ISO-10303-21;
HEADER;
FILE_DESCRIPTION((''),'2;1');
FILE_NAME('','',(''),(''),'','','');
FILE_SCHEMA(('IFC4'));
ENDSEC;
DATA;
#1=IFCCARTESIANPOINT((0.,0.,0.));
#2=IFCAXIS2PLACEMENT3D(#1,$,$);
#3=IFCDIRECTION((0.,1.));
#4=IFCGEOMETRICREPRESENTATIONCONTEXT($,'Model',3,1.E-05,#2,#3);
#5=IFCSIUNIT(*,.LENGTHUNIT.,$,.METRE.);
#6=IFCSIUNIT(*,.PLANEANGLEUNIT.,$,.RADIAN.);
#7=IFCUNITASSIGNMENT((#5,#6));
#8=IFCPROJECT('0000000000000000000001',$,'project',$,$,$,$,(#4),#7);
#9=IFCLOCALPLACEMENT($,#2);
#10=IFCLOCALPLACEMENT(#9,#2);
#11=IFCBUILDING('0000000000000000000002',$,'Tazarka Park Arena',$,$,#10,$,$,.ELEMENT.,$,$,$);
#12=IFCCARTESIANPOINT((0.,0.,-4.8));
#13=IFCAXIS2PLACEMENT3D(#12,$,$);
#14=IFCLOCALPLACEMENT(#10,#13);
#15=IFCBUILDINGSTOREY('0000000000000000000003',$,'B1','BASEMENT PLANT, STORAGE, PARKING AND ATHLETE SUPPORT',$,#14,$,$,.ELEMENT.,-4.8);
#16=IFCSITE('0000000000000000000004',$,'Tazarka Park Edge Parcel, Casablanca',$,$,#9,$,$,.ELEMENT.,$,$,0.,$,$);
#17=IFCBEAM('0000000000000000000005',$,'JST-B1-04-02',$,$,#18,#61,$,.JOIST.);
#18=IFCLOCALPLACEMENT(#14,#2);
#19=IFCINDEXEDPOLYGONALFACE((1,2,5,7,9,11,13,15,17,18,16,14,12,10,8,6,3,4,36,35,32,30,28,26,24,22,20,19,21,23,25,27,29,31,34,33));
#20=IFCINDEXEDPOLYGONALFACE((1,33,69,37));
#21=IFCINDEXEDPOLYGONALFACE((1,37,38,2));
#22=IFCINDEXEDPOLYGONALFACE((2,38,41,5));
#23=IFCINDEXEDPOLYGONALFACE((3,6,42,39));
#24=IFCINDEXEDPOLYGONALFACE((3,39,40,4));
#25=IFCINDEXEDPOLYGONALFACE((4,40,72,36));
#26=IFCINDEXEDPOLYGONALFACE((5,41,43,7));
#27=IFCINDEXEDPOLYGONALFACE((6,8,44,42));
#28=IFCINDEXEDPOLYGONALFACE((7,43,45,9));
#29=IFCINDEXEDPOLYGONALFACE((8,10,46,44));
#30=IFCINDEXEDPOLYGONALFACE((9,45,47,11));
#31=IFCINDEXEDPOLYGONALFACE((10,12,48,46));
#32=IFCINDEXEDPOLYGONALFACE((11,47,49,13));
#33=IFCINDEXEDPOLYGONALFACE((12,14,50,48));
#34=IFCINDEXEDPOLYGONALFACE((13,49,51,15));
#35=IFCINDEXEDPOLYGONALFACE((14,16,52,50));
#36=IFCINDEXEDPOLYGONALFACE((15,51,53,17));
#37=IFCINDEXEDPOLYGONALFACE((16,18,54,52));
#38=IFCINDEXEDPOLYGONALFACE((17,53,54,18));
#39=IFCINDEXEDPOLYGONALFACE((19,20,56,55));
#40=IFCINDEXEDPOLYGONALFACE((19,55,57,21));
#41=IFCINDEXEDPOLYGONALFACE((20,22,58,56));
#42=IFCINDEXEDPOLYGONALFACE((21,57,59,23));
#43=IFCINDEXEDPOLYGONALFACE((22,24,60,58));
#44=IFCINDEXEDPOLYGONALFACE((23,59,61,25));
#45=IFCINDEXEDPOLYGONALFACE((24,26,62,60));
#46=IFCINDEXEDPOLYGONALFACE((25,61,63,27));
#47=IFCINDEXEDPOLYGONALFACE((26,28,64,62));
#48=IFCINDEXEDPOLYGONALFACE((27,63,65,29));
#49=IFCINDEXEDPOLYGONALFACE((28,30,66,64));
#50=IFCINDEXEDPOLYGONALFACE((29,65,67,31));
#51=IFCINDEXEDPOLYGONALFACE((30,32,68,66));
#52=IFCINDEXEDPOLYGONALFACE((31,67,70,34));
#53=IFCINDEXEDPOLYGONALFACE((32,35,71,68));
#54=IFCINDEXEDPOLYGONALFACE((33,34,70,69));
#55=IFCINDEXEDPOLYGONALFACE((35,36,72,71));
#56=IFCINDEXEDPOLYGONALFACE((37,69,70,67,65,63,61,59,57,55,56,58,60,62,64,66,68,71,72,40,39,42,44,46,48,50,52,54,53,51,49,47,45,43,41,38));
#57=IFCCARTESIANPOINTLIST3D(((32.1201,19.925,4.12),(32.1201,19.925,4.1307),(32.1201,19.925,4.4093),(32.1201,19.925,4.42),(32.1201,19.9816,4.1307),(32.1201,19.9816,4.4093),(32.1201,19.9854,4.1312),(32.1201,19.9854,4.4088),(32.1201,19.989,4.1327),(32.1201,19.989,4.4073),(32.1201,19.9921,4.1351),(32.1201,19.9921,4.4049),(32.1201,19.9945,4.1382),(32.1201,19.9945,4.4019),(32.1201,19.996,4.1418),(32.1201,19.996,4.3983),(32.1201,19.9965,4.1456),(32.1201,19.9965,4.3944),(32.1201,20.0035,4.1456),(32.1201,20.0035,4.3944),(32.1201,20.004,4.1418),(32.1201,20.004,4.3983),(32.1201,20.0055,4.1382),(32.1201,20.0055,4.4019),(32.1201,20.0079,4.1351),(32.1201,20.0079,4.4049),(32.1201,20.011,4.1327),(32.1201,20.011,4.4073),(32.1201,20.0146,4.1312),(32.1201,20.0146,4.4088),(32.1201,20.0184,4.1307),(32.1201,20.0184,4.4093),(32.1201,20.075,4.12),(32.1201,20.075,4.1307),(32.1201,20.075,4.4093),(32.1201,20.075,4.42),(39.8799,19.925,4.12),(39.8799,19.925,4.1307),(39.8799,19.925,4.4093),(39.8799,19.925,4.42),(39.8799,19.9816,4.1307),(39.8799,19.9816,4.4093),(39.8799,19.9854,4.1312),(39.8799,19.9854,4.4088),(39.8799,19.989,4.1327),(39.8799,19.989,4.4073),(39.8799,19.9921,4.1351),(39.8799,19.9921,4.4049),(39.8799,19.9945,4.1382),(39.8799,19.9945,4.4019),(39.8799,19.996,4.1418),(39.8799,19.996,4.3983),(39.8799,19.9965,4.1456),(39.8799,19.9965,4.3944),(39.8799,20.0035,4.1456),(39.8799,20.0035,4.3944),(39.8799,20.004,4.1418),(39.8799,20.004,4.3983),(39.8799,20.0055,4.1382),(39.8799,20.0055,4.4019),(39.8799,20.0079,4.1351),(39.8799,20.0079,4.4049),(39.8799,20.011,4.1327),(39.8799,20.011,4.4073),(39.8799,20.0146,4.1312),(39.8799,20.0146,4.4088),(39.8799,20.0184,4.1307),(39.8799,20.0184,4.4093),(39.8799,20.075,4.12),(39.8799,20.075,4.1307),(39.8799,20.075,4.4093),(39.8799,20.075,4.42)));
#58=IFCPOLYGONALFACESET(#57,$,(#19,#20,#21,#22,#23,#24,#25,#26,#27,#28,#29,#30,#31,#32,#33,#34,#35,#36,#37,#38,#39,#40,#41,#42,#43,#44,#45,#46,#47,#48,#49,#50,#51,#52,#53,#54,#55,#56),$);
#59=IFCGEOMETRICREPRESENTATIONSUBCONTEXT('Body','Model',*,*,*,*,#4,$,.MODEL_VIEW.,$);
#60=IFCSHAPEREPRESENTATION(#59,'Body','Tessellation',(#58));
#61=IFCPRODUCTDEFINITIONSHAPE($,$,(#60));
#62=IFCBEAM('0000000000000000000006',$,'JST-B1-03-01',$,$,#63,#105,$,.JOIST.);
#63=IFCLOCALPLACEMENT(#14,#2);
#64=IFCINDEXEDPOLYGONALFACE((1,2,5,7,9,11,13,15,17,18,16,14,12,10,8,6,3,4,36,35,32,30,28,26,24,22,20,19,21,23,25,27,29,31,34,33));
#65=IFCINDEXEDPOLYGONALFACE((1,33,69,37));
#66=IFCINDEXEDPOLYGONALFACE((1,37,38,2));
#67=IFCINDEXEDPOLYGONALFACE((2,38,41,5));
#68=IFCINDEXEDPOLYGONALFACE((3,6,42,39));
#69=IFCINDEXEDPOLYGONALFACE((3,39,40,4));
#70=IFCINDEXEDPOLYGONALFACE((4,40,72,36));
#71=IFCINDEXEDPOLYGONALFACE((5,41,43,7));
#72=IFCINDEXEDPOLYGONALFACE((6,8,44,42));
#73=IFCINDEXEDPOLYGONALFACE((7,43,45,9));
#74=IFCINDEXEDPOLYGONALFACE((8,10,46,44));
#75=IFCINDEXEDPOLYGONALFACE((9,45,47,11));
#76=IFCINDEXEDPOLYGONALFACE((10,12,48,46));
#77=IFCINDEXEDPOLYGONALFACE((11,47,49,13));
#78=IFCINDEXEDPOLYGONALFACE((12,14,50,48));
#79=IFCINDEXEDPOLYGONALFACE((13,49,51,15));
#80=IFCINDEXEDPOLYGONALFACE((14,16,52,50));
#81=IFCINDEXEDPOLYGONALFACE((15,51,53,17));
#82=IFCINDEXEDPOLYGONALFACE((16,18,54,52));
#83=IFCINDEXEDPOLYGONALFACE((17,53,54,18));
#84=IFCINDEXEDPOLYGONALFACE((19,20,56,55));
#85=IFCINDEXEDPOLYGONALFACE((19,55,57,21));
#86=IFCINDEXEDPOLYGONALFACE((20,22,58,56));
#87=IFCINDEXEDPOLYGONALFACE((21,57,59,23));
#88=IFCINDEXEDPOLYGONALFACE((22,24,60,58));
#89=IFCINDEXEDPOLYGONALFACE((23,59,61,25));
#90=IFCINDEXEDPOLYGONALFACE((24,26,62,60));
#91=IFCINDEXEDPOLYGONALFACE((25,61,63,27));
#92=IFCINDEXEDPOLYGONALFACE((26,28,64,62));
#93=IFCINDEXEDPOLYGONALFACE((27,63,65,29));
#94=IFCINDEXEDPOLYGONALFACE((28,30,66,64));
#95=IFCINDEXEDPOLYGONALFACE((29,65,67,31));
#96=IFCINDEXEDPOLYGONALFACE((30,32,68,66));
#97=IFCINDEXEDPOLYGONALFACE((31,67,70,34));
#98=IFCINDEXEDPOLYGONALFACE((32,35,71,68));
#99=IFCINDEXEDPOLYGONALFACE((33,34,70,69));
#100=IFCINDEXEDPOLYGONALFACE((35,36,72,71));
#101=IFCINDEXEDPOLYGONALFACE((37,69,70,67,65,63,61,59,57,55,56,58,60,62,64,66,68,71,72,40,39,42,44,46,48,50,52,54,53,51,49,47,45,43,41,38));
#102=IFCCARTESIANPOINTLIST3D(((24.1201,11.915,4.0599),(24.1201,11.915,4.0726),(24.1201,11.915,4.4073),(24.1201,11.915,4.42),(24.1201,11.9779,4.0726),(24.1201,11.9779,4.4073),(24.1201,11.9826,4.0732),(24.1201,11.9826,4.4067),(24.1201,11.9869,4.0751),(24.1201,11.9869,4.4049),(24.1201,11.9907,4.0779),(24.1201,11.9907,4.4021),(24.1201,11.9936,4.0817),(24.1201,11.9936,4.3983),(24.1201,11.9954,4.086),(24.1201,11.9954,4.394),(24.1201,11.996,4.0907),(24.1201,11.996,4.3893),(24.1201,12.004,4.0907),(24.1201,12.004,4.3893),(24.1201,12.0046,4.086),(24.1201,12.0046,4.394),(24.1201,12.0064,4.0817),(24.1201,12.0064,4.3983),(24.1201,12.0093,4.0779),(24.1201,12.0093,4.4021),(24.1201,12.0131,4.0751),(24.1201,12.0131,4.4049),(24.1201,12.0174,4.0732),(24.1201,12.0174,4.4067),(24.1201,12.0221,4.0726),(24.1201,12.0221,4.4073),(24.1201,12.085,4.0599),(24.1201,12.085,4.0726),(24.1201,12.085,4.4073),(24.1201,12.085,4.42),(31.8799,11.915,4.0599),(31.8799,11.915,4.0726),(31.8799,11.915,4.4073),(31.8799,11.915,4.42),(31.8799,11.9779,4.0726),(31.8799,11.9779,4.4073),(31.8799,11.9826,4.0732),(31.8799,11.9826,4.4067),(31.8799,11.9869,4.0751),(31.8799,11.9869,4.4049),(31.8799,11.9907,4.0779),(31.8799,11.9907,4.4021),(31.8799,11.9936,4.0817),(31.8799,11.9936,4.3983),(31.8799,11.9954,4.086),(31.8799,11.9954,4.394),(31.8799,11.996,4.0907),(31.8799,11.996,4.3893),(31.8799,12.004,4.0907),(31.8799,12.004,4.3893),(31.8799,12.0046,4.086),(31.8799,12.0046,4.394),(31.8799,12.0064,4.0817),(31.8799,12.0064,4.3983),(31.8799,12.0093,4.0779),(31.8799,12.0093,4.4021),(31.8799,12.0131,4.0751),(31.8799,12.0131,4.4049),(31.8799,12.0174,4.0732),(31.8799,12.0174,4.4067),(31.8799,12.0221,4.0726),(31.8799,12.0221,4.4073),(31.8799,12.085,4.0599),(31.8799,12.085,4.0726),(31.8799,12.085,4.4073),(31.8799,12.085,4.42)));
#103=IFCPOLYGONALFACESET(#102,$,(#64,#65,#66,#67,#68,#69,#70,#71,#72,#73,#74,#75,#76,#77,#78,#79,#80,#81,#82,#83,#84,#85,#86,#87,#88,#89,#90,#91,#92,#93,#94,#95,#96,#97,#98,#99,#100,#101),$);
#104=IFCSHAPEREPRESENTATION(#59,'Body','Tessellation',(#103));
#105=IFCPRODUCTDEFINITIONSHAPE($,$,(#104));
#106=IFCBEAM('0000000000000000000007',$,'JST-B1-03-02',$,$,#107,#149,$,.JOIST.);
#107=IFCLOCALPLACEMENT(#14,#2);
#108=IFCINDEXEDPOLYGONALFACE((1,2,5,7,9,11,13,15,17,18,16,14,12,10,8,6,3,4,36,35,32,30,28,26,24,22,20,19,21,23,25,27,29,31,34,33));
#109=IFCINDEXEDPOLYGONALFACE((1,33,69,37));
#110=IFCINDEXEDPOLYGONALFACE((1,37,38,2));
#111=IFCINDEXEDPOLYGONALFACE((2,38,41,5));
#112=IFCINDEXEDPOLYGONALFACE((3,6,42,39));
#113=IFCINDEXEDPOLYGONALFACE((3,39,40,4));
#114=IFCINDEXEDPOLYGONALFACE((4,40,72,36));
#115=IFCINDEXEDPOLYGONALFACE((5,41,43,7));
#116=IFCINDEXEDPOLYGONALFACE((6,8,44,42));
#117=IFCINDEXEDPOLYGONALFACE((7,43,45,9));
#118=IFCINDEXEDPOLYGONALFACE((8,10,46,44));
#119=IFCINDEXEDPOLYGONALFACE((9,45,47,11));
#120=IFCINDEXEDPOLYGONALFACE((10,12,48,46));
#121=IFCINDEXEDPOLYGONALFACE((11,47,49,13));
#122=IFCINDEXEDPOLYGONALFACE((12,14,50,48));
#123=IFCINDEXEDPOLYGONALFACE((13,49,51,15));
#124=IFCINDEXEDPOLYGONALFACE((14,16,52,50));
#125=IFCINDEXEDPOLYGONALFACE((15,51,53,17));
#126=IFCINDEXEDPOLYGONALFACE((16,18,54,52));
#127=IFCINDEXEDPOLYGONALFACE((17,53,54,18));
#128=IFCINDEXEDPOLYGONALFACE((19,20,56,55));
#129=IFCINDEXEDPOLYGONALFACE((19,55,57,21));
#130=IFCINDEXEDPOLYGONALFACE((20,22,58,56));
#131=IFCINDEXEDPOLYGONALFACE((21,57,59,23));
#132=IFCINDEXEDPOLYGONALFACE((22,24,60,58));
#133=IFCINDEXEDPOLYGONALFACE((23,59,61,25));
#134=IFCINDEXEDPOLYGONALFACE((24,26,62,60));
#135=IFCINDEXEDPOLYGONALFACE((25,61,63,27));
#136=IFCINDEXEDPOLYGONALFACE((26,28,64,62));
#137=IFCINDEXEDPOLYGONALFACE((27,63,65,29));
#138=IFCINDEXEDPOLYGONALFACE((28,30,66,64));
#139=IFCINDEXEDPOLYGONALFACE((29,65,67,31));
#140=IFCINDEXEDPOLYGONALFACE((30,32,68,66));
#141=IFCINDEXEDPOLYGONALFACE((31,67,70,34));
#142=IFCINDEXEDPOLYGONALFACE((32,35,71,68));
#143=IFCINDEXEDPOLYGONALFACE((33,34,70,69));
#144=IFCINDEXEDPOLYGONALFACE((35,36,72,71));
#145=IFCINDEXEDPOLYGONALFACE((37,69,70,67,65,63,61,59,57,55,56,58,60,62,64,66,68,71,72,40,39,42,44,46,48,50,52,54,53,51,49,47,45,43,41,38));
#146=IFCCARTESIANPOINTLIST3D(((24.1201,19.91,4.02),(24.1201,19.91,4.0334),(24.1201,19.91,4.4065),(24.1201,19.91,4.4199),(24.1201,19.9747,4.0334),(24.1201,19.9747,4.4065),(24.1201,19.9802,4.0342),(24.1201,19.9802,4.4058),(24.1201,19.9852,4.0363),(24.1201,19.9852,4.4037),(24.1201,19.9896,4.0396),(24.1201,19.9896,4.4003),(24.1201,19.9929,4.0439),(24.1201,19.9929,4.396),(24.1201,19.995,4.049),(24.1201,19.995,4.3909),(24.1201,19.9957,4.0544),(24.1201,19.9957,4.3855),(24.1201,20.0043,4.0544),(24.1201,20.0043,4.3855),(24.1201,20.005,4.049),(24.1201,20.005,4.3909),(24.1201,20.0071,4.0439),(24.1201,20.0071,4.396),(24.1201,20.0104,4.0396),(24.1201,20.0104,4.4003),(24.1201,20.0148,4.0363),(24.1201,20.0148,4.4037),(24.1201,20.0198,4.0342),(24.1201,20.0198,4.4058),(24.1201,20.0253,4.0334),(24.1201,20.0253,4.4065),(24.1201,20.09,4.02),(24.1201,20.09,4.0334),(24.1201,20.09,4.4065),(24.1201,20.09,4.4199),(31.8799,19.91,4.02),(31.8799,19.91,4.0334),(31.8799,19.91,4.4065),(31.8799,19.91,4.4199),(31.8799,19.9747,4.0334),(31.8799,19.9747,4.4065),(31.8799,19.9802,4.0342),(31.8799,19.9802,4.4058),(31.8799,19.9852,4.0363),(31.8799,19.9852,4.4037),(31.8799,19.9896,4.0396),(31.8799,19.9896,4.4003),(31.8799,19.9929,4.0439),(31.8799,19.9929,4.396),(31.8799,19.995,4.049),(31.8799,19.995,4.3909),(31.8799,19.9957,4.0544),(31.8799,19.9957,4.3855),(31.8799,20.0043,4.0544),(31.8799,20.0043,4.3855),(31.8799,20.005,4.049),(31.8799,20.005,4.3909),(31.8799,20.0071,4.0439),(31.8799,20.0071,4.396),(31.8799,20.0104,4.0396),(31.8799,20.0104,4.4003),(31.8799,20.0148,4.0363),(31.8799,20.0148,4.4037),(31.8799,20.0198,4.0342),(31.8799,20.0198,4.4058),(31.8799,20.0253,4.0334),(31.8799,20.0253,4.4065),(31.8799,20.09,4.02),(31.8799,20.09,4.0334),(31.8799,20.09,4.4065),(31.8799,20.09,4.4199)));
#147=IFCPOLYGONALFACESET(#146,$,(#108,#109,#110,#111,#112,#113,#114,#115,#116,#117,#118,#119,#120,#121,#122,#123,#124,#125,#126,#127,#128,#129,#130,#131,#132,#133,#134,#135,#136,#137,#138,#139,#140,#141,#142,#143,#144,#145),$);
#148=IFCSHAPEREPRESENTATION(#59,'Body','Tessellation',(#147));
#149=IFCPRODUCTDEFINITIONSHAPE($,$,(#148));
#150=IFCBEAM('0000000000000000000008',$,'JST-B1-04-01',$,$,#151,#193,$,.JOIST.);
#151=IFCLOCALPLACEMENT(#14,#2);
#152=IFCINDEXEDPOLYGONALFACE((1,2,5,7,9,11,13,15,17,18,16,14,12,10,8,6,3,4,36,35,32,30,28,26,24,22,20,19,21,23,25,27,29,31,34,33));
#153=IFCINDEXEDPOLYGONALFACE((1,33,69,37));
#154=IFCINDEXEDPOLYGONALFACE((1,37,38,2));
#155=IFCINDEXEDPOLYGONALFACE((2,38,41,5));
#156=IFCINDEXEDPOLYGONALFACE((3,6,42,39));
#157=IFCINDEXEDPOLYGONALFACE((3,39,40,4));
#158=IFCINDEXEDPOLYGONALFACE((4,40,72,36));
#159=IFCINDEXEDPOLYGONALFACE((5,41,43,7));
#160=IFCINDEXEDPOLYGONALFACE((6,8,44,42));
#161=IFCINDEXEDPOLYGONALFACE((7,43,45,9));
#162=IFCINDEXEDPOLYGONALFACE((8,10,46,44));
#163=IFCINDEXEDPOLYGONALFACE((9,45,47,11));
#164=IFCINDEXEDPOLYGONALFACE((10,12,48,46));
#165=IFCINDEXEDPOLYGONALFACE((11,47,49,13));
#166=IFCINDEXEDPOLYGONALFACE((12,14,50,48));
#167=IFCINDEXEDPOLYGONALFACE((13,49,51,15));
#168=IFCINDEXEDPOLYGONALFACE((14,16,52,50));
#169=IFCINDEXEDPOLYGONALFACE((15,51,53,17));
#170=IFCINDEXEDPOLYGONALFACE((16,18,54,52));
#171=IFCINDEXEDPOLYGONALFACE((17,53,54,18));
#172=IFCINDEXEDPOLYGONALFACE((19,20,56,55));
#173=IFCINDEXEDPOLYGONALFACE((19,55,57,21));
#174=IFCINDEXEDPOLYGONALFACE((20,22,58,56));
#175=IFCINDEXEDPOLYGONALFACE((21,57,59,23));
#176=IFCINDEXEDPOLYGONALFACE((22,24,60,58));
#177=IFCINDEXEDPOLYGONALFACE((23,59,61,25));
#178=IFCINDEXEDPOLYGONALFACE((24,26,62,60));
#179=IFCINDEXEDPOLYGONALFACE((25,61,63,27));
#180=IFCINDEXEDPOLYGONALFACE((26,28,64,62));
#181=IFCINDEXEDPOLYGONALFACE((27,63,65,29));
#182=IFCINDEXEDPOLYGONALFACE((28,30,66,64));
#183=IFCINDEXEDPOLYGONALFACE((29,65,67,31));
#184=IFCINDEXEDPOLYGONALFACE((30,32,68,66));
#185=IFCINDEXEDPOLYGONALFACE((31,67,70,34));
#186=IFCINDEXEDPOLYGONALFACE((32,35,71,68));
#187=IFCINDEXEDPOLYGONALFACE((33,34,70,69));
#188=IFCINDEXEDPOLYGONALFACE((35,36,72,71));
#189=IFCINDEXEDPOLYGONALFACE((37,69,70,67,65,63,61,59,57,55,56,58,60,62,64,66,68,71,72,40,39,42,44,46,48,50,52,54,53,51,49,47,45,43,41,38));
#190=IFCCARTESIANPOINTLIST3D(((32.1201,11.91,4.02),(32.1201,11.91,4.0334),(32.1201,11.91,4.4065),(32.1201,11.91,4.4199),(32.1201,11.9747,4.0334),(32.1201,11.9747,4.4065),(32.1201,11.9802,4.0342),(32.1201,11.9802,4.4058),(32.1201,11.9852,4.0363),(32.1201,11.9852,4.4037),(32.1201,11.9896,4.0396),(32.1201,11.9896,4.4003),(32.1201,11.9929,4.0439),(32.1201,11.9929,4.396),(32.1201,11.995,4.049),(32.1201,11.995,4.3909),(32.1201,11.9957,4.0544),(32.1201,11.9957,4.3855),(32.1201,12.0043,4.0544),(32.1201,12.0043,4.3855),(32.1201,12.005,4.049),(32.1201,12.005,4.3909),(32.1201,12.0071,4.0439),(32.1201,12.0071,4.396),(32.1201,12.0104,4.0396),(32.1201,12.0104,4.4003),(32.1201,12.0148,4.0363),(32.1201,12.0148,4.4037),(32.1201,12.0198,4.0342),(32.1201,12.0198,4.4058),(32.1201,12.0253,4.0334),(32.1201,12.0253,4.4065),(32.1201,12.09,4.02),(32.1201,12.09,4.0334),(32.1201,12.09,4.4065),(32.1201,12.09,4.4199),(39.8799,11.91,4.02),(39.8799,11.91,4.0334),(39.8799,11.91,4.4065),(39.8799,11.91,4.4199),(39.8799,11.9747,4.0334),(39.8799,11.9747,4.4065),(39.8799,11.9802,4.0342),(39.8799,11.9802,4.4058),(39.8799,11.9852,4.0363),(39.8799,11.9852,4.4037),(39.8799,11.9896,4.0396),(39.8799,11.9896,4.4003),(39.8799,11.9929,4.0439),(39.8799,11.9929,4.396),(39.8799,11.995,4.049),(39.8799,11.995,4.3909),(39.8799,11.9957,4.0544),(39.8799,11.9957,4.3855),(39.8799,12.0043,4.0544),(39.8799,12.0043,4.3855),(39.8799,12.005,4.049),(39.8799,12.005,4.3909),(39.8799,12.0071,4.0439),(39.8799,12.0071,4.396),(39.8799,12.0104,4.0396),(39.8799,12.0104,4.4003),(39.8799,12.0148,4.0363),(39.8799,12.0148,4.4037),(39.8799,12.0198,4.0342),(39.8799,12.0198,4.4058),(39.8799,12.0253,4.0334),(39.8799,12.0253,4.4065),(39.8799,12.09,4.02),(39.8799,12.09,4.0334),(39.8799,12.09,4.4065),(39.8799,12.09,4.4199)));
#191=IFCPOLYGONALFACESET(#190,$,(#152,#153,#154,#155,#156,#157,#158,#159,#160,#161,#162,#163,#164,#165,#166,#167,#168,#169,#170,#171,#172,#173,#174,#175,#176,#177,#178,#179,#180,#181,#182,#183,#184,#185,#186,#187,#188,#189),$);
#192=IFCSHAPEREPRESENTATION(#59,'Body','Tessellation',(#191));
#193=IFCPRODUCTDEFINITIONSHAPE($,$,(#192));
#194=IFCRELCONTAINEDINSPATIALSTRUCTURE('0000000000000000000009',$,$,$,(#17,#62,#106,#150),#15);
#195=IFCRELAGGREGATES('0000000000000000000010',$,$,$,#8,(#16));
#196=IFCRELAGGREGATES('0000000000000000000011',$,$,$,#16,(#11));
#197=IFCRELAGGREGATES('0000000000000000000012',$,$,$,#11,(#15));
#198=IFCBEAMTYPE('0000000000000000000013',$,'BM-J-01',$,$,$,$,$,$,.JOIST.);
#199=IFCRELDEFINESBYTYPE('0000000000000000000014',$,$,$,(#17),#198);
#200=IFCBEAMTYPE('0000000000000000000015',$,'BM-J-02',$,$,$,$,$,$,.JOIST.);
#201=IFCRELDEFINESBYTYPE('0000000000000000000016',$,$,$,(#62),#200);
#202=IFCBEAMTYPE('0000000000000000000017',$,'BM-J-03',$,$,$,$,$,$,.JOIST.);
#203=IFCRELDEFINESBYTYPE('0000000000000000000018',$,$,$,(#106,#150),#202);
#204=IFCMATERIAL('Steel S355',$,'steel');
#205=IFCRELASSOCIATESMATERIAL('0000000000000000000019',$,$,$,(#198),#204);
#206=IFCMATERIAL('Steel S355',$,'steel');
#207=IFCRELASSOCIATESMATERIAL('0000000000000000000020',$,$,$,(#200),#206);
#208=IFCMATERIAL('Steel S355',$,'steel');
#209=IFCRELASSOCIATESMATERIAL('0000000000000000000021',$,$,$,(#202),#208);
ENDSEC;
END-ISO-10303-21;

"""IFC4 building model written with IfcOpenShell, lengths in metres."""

from ifc_helpers import new_model, si_unit, direction, frame, origin, origin_2d, place, context, subcontext, project, spatial, i_section, extrude, material, material_profile, profile_set, type_object, element, save


model = new_model("IFC4")

# Units and contexts
model_context = context("Model", 3, precision=1e-05, world=origin(), true_north=direction((0.0, 1.0)))
body_context = subcontext(model_context, "Body", "Model", "MODEL_VIEW")
ifc_project = project(units=[si_unit("LENGTHUNIT", "METRE"), si_unit("PLANEANGLEUNIT", "RADIAN")], contexts=[model_context])

# Site, building, storey
site_placement = place(None, origin())
site = spatial("IfcSite", under=ifc_project, at=site_placement, Name="Tazarka Park Edge Parcel, Casablanca", CompositionType="ELEMENT", RefElevation=0.0)
building_placement = place(site_placement, origin())
building = spatial("IfcBuilding", under=site, at=building_placement, Name="Tazarka Park Arena", CompositionType="ELEMENT")
storey_placement = place(building_placement, frame((0.0, 0.0, -4.8)))
storey = spatial("IfcBuildingStorey", under=building, at=storey_placement, Name="B1", Description="BASEMENT PLANT, STORAGE, PARKING AND ATHLETE SUPPORT", CompositionType="ELEMENT", Elevation=-4.8)

# Beams
ifc_material_1 = material(Name="Steel S355", Category="steel")
ifc_material_profile_1 = material_profile(ifc_material_1, i_section(OverallWidth=0.1499, OverallDepth=0.3, WebThickness=0.0071, FlangeThickness=0.0107, FilletRadius=0.0149, at=origin_2d()), Name="Steel S355")
ifc_profile_set_1 = profile_set([ifc_material_profile_1], Name="Steel S355")
beam_type_1 = type_object("IfcBeamType", Name="BM-J-01", PredefinedType="JOIST", material=ifc_profile_set_1)
beam_1_placement = place(storey_placement, frame((32.1201, 20.0, 4.27), z_axis=(1.0, 0.0, 0.0), x_axis=(0.0, 1.0, 0.0)))
element("IfcBeam", 1, at=beam_1_placement, inside=storey, type_object=beam_type_1, Name="JST-B1-04-02", PredefinedType="JOIST", context=body_context, shape_type="SweptSolid", body=[
    extrude(i_section(OverallWidth=0.1499, OverallDepth=0.3, WebThickness=0.0071, FlangeThickness=0.0107, FilletRadius=0.0149, at=origin_2d()), origin(), (0.0, 0.0, 1.0), 7.7598),
])
ifc_material_2 = material(Name="Steel S355", Category="steel")
ifc_material_profile_2 = material_profile(ifc_material_2, i_section(OverallWidth=0.1699, OverallDepth=0.3601, WebThickness=0.0081, FlangeThickness=0.0127, FilletRadius=0.0181, at=origin_2d()), Name="Steel S355")
ifc_profile_set_2 = profile_set([ifc_material_profile_2], Name="Steel S355")
beam_type_2 = type_object("IfcBeamType", Name="BM-J-02", PredefinedType="JOIST", material=ifc_profile_set_2)
beam_2_placement = place(storey_placement, frame((24.1201, 12.0, 4.24), z_axis=(1.0, 0.0, 0.0), x_axis=(0.0, 1.0, 0.0)))
element("IfcBeam", 2, at=beam_2_placement, inside=storey, type_object=beam_type_2, Name="JST-B1-03-01", PredefinedType="JOIST", context=body_context, shape_type="SweptSolid", body=[
    extrude(i_section(OverallWidth=0.1699, OverallDepth=0.3601, WebThickness=0.0081, FlangeThickness=0.0127, FilletRadius=0.0181, at=origin_2d()), origin(), (0.0, 0.0, 1.0), 7.7598),
])
ifc_material_3 = material(Name="Steel S355", Category="steel")
ifc_material_profile_3 = material_profile(ifc_material_3, i_section(OverallWidth=0.1799, OverallDepth=0.3999, WebThickness=0.0085, FlangeThickness=0.0134, FilletRadius=0.021, at=origin_2d()), Name="Steel S355")
ifc_profile_set_3 = profile_set([ifc_material_profile_3], Name="Steel S355")
beam_type_3 = type_object("IfcBeamType", Name="BM-J-03", PredefinedType="JOIST", material=ifc_profile_set_3)
for number, where, z_axis, x_axis, name in (
    (3, (24.1201, 20.0, 4.22), (1.0, 0.0, 0.0), (0.0, 1.0, 0.0), "JST-B1-03-02"),
    (4, (32.1201, 12.0, 4.22), (1.0, 0.0, 0.0), (0.0, 1.0, 0.0), "JST-B1-04-01"),
):
    element("IfcBeam", number, at=place(storey_placement, frame(where, z_axis=z_axis, x_axis=x_axis)), inside=storey, type_object=beam_type_3, Name=name, PredefinedType="JOIST", context=body_context, shape_type="SweptSolid", body=[
        extrude(i_section(OverallWidth=0.1799, OverallDepth=0.3999, WebThickness=0.0085, FlangeThickness=0.0134, FilletRadius=0.021, at=origin_2d()), origin(), (0.0, 0.0, 1.0), 7.7598),
    ])

save(model, "model.ifc")
